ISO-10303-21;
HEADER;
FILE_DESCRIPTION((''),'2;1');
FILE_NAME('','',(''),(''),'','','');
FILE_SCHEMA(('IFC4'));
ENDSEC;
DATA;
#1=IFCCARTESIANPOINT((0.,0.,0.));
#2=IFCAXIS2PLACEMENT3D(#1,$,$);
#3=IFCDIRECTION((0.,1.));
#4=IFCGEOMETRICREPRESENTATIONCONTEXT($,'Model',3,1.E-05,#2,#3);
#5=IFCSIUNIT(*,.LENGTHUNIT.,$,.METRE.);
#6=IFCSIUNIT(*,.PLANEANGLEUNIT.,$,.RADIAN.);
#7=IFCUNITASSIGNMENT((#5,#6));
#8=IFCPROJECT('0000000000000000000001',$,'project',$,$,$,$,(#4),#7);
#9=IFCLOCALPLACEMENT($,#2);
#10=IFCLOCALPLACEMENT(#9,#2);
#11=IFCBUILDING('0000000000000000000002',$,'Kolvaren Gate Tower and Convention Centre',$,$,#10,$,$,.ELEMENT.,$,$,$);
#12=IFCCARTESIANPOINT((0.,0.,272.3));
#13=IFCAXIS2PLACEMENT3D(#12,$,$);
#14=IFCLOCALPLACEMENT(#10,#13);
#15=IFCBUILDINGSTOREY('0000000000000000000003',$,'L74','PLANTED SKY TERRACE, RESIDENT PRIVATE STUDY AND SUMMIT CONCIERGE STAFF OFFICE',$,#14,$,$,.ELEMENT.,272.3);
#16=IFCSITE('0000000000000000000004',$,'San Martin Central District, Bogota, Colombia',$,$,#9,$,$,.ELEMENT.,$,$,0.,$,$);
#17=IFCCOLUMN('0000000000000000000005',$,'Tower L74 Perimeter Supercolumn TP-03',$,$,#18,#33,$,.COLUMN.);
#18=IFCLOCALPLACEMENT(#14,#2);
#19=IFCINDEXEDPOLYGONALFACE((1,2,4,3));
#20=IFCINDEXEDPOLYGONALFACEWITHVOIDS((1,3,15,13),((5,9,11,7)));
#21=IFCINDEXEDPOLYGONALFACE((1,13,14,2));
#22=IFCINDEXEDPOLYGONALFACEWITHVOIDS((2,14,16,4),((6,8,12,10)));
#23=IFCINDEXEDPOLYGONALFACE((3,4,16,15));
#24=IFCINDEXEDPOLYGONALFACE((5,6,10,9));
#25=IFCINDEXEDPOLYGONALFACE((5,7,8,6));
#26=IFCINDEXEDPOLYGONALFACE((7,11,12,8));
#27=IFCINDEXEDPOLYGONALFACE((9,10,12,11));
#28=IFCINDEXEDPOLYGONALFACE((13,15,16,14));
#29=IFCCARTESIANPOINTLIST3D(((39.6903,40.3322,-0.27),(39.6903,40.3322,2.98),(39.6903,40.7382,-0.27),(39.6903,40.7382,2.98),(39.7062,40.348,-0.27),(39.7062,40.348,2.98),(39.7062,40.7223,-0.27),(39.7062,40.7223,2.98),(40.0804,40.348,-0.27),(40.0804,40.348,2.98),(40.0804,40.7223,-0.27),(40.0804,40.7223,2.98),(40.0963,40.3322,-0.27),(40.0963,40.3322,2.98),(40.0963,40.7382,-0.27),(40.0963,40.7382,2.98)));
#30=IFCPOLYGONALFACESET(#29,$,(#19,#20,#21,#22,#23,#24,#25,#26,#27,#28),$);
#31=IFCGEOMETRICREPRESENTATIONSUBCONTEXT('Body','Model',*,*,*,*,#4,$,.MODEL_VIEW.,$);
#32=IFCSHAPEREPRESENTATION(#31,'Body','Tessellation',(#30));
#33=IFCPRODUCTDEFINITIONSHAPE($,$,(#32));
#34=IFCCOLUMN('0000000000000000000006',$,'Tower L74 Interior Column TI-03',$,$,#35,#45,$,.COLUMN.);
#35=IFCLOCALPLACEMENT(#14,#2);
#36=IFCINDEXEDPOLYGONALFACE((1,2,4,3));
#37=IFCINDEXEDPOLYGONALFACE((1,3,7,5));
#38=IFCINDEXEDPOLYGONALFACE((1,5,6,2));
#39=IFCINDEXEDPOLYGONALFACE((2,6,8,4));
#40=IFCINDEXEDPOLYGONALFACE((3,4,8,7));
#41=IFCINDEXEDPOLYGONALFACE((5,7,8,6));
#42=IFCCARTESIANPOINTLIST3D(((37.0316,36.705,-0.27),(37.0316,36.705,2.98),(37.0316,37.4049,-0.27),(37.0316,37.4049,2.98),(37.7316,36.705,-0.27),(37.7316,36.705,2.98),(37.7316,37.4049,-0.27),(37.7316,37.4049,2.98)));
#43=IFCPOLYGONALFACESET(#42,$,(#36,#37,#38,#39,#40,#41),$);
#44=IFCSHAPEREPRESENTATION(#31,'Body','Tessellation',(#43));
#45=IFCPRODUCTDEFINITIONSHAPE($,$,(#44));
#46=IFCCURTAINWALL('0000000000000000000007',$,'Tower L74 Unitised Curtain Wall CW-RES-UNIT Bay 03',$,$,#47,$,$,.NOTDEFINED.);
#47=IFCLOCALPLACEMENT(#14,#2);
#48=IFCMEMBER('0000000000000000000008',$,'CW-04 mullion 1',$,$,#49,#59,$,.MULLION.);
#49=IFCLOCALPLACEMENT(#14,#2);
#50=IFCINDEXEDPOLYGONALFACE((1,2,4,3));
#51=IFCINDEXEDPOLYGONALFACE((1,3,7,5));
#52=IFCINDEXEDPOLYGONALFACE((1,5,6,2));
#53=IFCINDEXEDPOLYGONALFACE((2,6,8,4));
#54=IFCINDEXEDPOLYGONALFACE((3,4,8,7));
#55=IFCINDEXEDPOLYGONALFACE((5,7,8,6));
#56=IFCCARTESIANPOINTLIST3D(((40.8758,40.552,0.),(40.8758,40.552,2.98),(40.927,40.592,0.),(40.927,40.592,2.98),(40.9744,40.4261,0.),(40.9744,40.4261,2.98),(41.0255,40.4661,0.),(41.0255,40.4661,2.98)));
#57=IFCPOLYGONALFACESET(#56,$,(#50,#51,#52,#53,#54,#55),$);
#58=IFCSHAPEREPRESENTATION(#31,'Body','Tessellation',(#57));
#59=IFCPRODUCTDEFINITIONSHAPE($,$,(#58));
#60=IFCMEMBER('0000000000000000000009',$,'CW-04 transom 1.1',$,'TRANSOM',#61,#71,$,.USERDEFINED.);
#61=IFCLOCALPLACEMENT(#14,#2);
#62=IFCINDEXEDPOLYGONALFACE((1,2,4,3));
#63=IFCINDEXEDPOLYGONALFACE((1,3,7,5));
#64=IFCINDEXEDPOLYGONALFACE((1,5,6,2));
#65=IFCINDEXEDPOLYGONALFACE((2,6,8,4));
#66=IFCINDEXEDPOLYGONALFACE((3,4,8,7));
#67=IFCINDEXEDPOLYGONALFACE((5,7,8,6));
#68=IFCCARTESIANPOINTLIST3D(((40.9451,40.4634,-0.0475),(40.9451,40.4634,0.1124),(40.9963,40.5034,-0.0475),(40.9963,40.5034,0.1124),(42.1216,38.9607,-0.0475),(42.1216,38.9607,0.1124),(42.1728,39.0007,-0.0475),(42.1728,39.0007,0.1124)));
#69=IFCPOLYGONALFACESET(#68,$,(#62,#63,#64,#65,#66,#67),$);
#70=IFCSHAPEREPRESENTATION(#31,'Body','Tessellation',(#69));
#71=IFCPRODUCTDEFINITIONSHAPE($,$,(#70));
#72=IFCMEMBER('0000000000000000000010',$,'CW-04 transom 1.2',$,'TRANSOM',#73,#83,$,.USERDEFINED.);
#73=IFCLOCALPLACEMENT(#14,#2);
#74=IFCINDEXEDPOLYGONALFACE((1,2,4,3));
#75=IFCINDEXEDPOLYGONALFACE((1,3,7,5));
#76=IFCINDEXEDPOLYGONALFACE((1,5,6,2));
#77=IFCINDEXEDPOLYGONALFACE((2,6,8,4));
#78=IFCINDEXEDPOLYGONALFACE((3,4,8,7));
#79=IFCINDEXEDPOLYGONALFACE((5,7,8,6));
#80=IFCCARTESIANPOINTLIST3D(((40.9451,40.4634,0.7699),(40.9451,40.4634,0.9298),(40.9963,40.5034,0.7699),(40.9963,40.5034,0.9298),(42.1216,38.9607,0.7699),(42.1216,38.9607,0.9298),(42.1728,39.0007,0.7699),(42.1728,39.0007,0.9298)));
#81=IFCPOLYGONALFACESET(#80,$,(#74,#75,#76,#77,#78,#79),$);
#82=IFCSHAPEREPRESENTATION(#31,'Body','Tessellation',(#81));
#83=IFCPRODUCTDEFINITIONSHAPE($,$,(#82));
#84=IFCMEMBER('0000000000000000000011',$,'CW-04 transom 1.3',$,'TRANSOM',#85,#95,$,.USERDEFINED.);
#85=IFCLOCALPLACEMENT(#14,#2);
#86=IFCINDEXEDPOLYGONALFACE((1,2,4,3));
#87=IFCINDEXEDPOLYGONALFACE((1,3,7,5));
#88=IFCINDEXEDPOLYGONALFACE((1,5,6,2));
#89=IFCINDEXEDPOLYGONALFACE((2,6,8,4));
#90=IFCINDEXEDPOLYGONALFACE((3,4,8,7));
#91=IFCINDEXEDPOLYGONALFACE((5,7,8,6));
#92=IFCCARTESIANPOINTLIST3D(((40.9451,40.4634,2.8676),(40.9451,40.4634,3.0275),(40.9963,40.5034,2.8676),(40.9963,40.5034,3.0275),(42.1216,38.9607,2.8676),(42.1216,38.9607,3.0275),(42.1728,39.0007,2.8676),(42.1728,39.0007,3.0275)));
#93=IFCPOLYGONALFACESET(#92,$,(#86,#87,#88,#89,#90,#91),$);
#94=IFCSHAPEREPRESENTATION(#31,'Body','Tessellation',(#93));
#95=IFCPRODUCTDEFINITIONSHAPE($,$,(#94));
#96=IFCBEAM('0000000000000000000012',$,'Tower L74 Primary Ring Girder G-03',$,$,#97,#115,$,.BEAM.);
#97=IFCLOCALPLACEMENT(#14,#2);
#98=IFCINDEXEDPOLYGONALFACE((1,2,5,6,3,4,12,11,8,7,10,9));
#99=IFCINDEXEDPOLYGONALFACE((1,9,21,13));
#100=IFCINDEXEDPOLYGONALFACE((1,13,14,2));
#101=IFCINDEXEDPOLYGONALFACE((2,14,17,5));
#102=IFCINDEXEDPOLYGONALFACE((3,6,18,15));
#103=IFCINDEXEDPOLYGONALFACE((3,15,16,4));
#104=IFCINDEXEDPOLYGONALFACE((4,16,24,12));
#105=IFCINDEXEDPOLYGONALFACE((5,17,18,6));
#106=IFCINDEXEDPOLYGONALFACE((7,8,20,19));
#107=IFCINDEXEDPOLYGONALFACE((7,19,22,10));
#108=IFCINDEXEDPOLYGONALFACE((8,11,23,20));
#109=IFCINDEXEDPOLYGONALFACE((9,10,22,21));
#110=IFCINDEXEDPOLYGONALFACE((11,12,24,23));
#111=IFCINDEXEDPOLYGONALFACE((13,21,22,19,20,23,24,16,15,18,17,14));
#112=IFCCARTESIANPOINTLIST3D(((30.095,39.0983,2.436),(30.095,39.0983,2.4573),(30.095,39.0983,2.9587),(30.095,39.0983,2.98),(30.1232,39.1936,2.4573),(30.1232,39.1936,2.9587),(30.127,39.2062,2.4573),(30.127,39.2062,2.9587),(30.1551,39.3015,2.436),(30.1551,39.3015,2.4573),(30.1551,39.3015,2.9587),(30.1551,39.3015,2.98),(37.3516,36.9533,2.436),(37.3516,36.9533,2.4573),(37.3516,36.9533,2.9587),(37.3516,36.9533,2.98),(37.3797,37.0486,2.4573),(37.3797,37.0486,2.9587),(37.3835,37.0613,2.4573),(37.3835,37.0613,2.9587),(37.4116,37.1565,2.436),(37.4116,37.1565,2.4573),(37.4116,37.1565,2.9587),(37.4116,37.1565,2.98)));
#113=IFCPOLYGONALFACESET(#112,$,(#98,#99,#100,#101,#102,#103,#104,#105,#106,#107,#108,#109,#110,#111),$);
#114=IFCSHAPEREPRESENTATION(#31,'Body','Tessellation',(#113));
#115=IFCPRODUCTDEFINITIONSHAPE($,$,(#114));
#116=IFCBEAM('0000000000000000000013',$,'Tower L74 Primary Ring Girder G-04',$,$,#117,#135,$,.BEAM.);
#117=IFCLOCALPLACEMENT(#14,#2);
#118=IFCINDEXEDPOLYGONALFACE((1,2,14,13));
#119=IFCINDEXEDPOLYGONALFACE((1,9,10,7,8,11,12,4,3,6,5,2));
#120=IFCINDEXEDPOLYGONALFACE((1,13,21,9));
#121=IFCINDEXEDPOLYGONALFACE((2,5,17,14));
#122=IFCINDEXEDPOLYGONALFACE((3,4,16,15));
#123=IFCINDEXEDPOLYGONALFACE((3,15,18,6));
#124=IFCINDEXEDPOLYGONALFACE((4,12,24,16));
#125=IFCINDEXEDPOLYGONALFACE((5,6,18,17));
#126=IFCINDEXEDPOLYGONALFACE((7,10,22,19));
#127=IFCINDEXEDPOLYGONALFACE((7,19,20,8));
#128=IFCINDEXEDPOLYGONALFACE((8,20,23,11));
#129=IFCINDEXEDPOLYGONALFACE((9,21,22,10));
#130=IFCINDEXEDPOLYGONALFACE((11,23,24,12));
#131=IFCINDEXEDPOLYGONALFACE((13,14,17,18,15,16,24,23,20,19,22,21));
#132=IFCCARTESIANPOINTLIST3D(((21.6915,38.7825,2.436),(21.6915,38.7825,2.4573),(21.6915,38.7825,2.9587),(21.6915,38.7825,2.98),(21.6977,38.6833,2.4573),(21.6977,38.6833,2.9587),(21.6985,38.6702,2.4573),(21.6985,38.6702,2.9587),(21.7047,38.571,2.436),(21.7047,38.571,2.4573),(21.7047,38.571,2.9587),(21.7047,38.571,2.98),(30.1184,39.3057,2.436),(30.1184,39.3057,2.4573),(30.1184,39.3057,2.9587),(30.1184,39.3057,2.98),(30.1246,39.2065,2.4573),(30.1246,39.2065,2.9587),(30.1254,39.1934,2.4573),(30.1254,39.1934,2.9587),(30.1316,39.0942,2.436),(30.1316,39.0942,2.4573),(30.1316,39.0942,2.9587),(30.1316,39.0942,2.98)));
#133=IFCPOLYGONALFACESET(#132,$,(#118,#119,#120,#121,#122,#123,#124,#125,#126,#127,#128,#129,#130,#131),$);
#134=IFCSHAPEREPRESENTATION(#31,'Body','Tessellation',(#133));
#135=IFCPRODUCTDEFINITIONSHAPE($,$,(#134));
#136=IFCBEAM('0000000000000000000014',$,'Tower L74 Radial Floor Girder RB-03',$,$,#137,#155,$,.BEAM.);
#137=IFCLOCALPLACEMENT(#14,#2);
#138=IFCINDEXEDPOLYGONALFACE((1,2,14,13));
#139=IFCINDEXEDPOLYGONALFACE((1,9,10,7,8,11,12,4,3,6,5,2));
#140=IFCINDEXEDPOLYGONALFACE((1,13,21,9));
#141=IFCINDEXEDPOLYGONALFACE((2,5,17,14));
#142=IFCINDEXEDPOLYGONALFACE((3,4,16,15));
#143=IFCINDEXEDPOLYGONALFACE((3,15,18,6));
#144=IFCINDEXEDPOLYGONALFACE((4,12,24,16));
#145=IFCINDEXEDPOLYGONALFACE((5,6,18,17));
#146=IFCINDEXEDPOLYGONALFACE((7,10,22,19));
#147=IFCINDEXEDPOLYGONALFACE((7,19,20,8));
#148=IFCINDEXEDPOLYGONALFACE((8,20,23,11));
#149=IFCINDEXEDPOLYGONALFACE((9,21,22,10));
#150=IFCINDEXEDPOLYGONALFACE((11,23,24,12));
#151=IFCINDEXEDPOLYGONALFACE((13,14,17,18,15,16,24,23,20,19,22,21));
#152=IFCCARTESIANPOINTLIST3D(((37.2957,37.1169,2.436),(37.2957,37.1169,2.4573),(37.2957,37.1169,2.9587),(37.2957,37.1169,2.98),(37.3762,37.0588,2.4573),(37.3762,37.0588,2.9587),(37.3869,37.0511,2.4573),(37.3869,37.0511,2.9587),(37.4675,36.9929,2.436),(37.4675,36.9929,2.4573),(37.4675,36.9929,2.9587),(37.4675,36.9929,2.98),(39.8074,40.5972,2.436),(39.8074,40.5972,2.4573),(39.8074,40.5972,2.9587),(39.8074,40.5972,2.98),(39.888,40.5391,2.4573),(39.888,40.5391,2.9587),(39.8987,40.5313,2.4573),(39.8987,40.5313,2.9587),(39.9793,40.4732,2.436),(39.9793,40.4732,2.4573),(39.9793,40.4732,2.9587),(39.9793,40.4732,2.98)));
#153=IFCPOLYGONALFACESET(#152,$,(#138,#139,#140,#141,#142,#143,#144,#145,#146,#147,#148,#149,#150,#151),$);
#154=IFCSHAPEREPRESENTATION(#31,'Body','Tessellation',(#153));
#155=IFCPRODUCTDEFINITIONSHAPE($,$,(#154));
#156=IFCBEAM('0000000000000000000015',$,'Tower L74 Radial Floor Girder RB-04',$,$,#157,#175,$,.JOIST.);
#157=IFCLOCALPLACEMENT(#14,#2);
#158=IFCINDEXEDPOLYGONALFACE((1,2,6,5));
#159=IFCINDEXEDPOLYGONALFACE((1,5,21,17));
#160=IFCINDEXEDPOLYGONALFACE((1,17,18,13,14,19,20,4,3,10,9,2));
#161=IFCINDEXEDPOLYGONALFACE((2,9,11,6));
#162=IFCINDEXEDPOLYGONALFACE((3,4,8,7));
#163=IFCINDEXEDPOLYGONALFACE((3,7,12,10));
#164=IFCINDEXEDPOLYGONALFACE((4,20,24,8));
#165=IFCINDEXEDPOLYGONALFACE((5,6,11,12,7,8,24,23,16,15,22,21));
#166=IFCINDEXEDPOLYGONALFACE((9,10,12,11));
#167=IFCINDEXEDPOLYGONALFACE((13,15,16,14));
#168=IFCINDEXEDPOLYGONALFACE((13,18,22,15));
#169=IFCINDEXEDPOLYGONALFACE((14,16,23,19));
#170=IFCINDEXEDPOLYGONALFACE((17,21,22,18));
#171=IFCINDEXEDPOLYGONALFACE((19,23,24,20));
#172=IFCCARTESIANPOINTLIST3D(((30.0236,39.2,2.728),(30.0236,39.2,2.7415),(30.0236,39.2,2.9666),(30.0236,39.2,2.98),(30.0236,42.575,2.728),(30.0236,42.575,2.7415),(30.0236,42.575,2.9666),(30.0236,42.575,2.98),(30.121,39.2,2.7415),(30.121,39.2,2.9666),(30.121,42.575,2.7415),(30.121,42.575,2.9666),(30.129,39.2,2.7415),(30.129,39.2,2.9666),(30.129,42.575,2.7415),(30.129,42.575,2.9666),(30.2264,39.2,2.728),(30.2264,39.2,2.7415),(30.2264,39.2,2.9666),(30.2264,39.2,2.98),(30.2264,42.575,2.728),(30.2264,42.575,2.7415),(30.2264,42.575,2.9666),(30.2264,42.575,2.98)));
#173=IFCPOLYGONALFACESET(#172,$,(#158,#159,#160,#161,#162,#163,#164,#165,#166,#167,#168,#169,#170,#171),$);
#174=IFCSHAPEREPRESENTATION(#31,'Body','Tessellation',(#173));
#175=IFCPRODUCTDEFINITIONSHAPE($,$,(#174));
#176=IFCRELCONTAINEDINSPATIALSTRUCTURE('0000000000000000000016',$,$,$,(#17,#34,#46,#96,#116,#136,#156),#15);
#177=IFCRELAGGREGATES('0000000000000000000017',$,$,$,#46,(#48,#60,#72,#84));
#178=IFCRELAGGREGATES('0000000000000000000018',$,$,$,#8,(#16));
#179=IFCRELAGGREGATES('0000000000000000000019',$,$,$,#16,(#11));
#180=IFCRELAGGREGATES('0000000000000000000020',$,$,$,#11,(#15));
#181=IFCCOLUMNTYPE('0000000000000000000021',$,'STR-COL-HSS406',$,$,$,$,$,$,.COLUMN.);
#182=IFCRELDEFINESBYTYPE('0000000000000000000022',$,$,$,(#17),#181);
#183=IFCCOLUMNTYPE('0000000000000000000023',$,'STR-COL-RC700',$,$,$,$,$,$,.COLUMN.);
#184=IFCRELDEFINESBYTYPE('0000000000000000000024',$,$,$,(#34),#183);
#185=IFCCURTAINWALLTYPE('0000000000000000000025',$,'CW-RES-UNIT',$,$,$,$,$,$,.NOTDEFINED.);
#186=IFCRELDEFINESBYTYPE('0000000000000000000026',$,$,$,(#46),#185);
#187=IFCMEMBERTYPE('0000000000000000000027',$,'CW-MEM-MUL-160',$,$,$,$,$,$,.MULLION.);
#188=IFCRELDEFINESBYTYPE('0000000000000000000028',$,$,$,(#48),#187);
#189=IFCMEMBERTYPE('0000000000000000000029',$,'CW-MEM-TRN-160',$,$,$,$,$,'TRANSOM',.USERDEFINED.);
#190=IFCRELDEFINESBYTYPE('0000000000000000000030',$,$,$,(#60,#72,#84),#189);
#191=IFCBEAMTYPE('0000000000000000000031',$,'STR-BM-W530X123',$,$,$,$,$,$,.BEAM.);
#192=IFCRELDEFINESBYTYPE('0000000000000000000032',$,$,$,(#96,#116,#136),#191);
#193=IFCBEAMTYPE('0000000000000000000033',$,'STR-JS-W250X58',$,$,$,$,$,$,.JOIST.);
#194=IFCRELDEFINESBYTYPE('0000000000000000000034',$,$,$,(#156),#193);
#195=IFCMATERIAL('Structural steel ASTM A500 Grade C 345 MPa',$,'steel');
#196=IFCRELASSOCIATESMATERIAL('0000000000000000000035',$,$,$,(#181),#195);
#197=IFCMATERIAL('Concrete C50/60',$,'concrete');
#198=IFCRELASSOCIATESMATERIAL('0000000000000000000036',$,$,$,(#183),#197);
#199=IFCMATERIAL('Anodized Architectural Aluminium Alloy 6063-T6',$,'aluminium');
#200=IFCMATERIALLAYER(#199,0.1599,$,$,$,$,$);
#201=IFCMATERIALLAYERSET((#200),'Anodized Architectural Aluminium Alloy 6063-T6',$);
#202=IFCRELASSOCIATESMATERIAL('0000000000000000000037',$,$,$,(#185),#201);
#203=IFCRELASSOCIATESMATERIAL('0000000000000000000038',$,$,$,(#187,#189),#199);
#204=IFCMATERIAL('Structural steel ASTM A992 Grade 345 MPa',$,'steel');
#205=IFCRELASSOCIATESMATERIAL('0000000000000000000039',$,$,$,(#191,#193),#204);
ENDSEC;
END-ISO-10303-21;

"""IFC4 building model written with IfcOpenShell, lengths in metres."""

from ifc_helpers import new_model, si_unit, direction, frame, origin, origin_2d, place, context, subcontext, project, spatial, rectangle, hollow_rectangle, i_section, extrude, material, layer, layer_set, material_profile, profile_set, type_object, element, aggregate, save


model = new_model("IFC4")

# Units and contexts
model_context = context("Model", 3, precision=1e-05, world=origin(), true_north=direction((0.0, 1.0)))
body_context = subcontext(model_context, "Body", "Model", "MODEL_VIEW")
ifc_project = project(units=[si_unit("LENGTHUNIT", "METRE"), si_unit("PLANEANGLEUNIT", "RADIAN")], contexts=[model_context])

# Site, building, storey
site_placement = place(None, origin())
site = spatial("IfcSite", under=ifc_project, at=site_placement, Name="San Martin Central District, Bogota, Colombia", CompositionType="ELEMENT", RefElevation=0.0)
building_placement = place(site_placement, origin())
building = spatial("IfcBuilding", under=site, at=building_placement, Name="Kolvaren Gate Tower and Convention Centre", CompositionType="ELEMENT")
storey_placement = place(building_placement, frame((0.0, 0.0, 272.3)))
storey = spatial("IfcBuildingStorey", under=building, at=storey_placement, Name="L74", Description="PLANTED SKY TERRACE, RESIDENT PRIVATE STUDY AND SUMMIT CONCIERGE STAFF OFFICE", CompositionType="ELEMENT", Elevation=272.3)

# Columns
ifc_material_1 = material(Name="Structural steel ASTM A500 Grade C 345 MPa", Category="steel")
ifc_material_profile_1 = material_profile(ifc_material_1, hollow_rectangle(XDim=0.406, YDim=0.406, WallThickness=0.0159, at=origin_2d()), Name="HSS406X406X15.9")
ifc_profile_set_1 = profile_set([ifc_material_profile_1], Name="Structural steel ASTM A500 Grade C 345 MPa")
column_type_1 = type_object("IfcColumnType", Name="STR-COL-HSS406", PredefinedType="COLUMN", material=ifc_profile_set_1)
column_1_placement = place(storey_placement, frame((39.8933, 40.5352, -0.27), z_axis=(0.0, 0.0, 1.0), x_axis=(1.0, 0.0, 0.0)))
element("IfcColumn", 1, at=column_1_placement, inside=storey, type_object=column_type_1, Name="Tower L74 Perimeter Supercolumn TP-03", PredefinedType="COLUMN", context=body_context, shape_type="SweptSolid", body=[
    extrude(hollow_rectangle(XDim=0.406, YDim=0.406, WallThickness=0.0159, at=origin_2d()), origin(), (0.0, 0.0, 1.0), 3.25),
])
ifc_material_2 = material(Name="Concrete C50/60", Category="concrete")
ifc_material_profile_2 = material_profile(ifc_material_2, rectangle(XDim=0.7, YDim=0.7, at=origin_2d()), Name="RC-COL-700X700")
ifc_profile_set_2 = profile_set([ifc_material_profile_2], Name="Concrete C50/60")
column_type_2 = type_object("IfcColumnType", Name="STR-COL-RC700", PredefinedType="COLUMN", material=ifc_profile_set_2)
column_2_placement = place(storey_placement, frame((37.3816, 37.0549, -0.27), z_axis=(0.0, 0.0, 1.0), x_axis=(1.0, 0.0, 0.0)))
element("IfcColumn", 2, at=column_2_placement, inside=storey, type_object=column_type_2, Name="Tower L74 Interior Column TI-03", PredefinedType="COLUMN", context=body_context, shape_type="SweptSolid", body=[
    extrude(rectangle(XDim=0.7, YDim=0.7, at=origin_2d()), origin(), (0.0, 0.0, 1.0), 3.25),
])

# Curtain wall, members
ifc_material_3 = material(Name="Anodized Architectural Aluminium Alloy 6063-T6", Category="aluminium")
ifc_layer_1 = layer(ifc_material_3, 0.1599)
ifc_layer_set_1 = layer_set([ifc_layer_1], Name="Anodized Architectural Aluminium Alloy 6063-T6")
curtain_wall_type = type_object("IfcCurtainWallType", Name="CW-RES-UNIT", PredefinedType="NOTDEFINED", material=ifc_layer_set_1)
curtain_wall_placement = place(storey_placement, origin())
curtain_wall = element("IfcCurtainWall", 3, at=curtain_wall_placement, inside=storey, type_object=curtain_wall_type, Name="Tower L74 Unitised Curtain Wall CW-RES-UNIT Bay 03", PredefinedType="NOTDEFINED")
ifc_material_profile_3 = material_profile(ifc_material_3, rectangle(XDim=0.0649, YDim=0.1599, at=origin_2d()), Name="CW-MEM-MUL-160")
ifc_profile_set_3 = profile_set([ifc_material_profile_3], Name="Anodized Architectural Aluminium Alloy 6063-T6")
member_type_1 = type_object("IfcMemberType", Name="CW-MEM-MUL-160", PredefinedType="MULLION", material=ifc_profile_set_3)
member_1_placement = place(storey_placement, frame((40.9507, 40.509, 0.0), z_axis=(0.0, 0.0, 1.0), x_axis=(0.787408, 0.616433, 0.0)))
member_1 = element("IfcMember", 4, at=member_1_placement, type_object=member_type_1, Name="CW-04 mullion 1", PredefinedType="MULLION", context=body_context, shape_type="SweptSolid", body=[
    extrude(rectangle(XDim=0.0649, YDim=0.1599, at=origin_2d()), origin(), (0.0, 0.0, 1.0), 2.98),
])
ifc_material_profile_4 = material_profile(ifc_material_3, rectangle(XDim=0.0649, YDim=0.1599, at=origin_2d()), Name="CW-MEM-TRN-160")
ifc_profile_set_4 = profile_set([ifc_material_profile_4], Name="Anodized Architectural Aluminium Alloy 6063-T6")
member_type_2 = type_object("IfcMemberType", Name="CW-MEM-TRN-160", ElementType="TRANSOM", PredefinedType="USERDEFINED", material=ifc_profile_set_4)
member_2_placement = place(storey_placement, frame((40.9707, 40.4834, 0.0325), z_axis=(0.61647, -0.787378, 0.0), x_axis=(0.787378, 0.61647, 0.0)))
member_2 = element("IfcMember", 5, at=member_2_placement, type_object=member_type_2, Name="CW-04 transom 1.1", ObjectType="TRANSOM", PredefinedType="USERDEFINED", context=body_context, shape_type="SweptSolid", body=[
    extrude(rectangle(XDim=0.0649, YDim=0.1599, at=origin_2d()), origin(), (0.0, 0.0, 1.0), 1.9084),
])
member_3_placement = place(storey_placement, frame((40.9707, 40.4834, 0.8499), z_axis=(0.61647, -0.787378, 0.0), x_axis=(0.787378, 0.61647, 0.0)))
member_3 = element("IfcMember", 6, at=member_3_placement, type_object=member_type_2, Name="CW-04 transom 1.2", ObjectType="TRANSOM", PredefinedType="USERDEFINED", context=body_context, shape_type="SweptSolid", body=[
    extrude(rectangle(XDim=0.0649, YDim=0.1599, at=origin_2d()), origin(), (0.0, 0.0, 1.0), 1.9084),
])
member_4_placement = place(storey_placement, frame((40.9707, 40.4834, 2.9475), z_axis=(0.61647, -0.787378, 0.0), x_axis=(0.787378, 0.61647, 0.0)))
member_4 = element("IfcMember", 7, at=member_4_placement, type_object=member_type_2, Name="CW-04 transom 1.3", ObjectType="TRANSOM", PredefinedType="USERDEFINED", context=body_context, shape_type="SweptSolid", body=[
    extrude(rectangle(XDim=0.0649, YDim=0.1599, at=origin_2d()), origin(), (0.0, 0.0, 1.0), 1.9084),
])
aggregate(curtain_wall, [member_1, member_2, member_3, member_4])

# Beams
ifc_material_4 = material(Name="Structural steel ASTM A992 Grade 345 MPa", Category="steel")
ifc_material_profile_5 = material_profile(ifc_material_4, i_section(OverallWidth=0.2119, OverallDepth=0.5439, WebThickness=0.0132, FlangeThickness=0.0212, at=origin_2d()), Name="W530X123")
ifc_profile_set_5 = profile_set([ifc_material_profile_5], Name="Structural steel ASTM A992 Grade 345 MPa")
beam_type_1 = type_object("IfcBeamType", Name="STR-BM-W530X123", PredefinedType="BEAM", material=ifc_profile_set_5)
beam_1_placement = place(storey_placement, frame((37.3816, 37.0549, 2.708), z_axis=(-0.958981, 0.283471, 0.0), x_axis=(-0.283471, -0.958981, 0.0)))
element("IfcBeam", 8, at=beam_1_placement, inside=storey, type_object=beam_type_1, Name="Tower L74 Primary Ring Girder G-03", PredefinedType="BEAM", context=body_context, shape_type="SweptSolid", body=[
    extrude(i_section(OverallWidth=0.2119, OverallDepth=0.5439, WebThickness=0.0132, FlangeThickness=0.0212, at=origin_2d()), origin(), (0.0, 0.0, 1.0), 7.5669),
])
beam_2_placement = place(storey_placement, frame((30.125, 39.2, 2.708), z_axis=(-0.998078, -0.061966, 0.0), x_axis=(0.061966, -0.998078, 0.0)))
element("IfcBeam", 9, at=beam_2_placement, inside=storey, type_object=beam_type_1, Name="Tower L74 Primary Ring Girder G-04", PredefinedType="BEAM", context=body_context, shape_type="SweptSolid", body=[
    extrude(i_section(OverallWidth=0.2119, OverallDepth=0.5439, WebThickness=0.0132, FlangeThickness=0.0212, at=origin_2d()), origin(), (0.0, 0.0, 1.0), 8.4431),
])
beam_3_placement = place(storey_placement, frame((37.3816, 37.0549, 2.708), z_axis=(0.585218, 0.810876, 0.0), x_axis=(-0.810876, 0.585218, 0.0)))
element("IfcBeam", 10, at=beam_3_placement, inside=storey, type_object=beam_type_1, Name="Tower L74 Radial Floor Girder RB-03", PredefinedType="BEAM", context=body_context, shape_type="SweptSolid", body=[
    extrude(i_section(OverallWidth=0.2119, OverallDepth=0.5439, WebThickness=0.0132, FlangeThickness=0.0212, at=origin_2d()), origin(), (0.0, 0.0, 1.0), 4.292),
])
ifc_material_profile_6 = material_profile(ifc_material_4, i_section(OverallWidth=0.2029, OverallDepth=0.252, WebThickness=0.0081, FlangeThickness=0.0134, at=origin_2d()), Name="W250X58")
ifc_profile_set_6 = profile_set([ifc_material_profile_6], Name="Structural steel ASTM A992 Grade 345 MPa")
beam_type_2 = type_object("IfcBeamType", Name="STR-JS-W250X58", PredefinedType="JOIST", material=ifc_profile_set_6)
beam_4_placement = place(storey_placement, frame((30.125, 39.2, 2.854), z_axis=(0.0, 1.0, 0.0), x_axis=(-1.0, 0.0, 0.0)))
element("IfcBeam", 11, at=beam_4_placement, inside=storey, type_object=beam_type_2, Name="Tower L74 Radial Floor Girder RB-04", PredefinedType="JOIST", context=body_context, shape_type="SweptSolid", body=[
    extrude(i_section(OverallWidth=0.2029, OverallDepth=0.252, WebThickness=0.0081, FlangeThickness=0.0134, at=origin_2d()), origin(), (0.0, 0.0, 1.0), 3.375),
])

save(model, "model.ifc")
